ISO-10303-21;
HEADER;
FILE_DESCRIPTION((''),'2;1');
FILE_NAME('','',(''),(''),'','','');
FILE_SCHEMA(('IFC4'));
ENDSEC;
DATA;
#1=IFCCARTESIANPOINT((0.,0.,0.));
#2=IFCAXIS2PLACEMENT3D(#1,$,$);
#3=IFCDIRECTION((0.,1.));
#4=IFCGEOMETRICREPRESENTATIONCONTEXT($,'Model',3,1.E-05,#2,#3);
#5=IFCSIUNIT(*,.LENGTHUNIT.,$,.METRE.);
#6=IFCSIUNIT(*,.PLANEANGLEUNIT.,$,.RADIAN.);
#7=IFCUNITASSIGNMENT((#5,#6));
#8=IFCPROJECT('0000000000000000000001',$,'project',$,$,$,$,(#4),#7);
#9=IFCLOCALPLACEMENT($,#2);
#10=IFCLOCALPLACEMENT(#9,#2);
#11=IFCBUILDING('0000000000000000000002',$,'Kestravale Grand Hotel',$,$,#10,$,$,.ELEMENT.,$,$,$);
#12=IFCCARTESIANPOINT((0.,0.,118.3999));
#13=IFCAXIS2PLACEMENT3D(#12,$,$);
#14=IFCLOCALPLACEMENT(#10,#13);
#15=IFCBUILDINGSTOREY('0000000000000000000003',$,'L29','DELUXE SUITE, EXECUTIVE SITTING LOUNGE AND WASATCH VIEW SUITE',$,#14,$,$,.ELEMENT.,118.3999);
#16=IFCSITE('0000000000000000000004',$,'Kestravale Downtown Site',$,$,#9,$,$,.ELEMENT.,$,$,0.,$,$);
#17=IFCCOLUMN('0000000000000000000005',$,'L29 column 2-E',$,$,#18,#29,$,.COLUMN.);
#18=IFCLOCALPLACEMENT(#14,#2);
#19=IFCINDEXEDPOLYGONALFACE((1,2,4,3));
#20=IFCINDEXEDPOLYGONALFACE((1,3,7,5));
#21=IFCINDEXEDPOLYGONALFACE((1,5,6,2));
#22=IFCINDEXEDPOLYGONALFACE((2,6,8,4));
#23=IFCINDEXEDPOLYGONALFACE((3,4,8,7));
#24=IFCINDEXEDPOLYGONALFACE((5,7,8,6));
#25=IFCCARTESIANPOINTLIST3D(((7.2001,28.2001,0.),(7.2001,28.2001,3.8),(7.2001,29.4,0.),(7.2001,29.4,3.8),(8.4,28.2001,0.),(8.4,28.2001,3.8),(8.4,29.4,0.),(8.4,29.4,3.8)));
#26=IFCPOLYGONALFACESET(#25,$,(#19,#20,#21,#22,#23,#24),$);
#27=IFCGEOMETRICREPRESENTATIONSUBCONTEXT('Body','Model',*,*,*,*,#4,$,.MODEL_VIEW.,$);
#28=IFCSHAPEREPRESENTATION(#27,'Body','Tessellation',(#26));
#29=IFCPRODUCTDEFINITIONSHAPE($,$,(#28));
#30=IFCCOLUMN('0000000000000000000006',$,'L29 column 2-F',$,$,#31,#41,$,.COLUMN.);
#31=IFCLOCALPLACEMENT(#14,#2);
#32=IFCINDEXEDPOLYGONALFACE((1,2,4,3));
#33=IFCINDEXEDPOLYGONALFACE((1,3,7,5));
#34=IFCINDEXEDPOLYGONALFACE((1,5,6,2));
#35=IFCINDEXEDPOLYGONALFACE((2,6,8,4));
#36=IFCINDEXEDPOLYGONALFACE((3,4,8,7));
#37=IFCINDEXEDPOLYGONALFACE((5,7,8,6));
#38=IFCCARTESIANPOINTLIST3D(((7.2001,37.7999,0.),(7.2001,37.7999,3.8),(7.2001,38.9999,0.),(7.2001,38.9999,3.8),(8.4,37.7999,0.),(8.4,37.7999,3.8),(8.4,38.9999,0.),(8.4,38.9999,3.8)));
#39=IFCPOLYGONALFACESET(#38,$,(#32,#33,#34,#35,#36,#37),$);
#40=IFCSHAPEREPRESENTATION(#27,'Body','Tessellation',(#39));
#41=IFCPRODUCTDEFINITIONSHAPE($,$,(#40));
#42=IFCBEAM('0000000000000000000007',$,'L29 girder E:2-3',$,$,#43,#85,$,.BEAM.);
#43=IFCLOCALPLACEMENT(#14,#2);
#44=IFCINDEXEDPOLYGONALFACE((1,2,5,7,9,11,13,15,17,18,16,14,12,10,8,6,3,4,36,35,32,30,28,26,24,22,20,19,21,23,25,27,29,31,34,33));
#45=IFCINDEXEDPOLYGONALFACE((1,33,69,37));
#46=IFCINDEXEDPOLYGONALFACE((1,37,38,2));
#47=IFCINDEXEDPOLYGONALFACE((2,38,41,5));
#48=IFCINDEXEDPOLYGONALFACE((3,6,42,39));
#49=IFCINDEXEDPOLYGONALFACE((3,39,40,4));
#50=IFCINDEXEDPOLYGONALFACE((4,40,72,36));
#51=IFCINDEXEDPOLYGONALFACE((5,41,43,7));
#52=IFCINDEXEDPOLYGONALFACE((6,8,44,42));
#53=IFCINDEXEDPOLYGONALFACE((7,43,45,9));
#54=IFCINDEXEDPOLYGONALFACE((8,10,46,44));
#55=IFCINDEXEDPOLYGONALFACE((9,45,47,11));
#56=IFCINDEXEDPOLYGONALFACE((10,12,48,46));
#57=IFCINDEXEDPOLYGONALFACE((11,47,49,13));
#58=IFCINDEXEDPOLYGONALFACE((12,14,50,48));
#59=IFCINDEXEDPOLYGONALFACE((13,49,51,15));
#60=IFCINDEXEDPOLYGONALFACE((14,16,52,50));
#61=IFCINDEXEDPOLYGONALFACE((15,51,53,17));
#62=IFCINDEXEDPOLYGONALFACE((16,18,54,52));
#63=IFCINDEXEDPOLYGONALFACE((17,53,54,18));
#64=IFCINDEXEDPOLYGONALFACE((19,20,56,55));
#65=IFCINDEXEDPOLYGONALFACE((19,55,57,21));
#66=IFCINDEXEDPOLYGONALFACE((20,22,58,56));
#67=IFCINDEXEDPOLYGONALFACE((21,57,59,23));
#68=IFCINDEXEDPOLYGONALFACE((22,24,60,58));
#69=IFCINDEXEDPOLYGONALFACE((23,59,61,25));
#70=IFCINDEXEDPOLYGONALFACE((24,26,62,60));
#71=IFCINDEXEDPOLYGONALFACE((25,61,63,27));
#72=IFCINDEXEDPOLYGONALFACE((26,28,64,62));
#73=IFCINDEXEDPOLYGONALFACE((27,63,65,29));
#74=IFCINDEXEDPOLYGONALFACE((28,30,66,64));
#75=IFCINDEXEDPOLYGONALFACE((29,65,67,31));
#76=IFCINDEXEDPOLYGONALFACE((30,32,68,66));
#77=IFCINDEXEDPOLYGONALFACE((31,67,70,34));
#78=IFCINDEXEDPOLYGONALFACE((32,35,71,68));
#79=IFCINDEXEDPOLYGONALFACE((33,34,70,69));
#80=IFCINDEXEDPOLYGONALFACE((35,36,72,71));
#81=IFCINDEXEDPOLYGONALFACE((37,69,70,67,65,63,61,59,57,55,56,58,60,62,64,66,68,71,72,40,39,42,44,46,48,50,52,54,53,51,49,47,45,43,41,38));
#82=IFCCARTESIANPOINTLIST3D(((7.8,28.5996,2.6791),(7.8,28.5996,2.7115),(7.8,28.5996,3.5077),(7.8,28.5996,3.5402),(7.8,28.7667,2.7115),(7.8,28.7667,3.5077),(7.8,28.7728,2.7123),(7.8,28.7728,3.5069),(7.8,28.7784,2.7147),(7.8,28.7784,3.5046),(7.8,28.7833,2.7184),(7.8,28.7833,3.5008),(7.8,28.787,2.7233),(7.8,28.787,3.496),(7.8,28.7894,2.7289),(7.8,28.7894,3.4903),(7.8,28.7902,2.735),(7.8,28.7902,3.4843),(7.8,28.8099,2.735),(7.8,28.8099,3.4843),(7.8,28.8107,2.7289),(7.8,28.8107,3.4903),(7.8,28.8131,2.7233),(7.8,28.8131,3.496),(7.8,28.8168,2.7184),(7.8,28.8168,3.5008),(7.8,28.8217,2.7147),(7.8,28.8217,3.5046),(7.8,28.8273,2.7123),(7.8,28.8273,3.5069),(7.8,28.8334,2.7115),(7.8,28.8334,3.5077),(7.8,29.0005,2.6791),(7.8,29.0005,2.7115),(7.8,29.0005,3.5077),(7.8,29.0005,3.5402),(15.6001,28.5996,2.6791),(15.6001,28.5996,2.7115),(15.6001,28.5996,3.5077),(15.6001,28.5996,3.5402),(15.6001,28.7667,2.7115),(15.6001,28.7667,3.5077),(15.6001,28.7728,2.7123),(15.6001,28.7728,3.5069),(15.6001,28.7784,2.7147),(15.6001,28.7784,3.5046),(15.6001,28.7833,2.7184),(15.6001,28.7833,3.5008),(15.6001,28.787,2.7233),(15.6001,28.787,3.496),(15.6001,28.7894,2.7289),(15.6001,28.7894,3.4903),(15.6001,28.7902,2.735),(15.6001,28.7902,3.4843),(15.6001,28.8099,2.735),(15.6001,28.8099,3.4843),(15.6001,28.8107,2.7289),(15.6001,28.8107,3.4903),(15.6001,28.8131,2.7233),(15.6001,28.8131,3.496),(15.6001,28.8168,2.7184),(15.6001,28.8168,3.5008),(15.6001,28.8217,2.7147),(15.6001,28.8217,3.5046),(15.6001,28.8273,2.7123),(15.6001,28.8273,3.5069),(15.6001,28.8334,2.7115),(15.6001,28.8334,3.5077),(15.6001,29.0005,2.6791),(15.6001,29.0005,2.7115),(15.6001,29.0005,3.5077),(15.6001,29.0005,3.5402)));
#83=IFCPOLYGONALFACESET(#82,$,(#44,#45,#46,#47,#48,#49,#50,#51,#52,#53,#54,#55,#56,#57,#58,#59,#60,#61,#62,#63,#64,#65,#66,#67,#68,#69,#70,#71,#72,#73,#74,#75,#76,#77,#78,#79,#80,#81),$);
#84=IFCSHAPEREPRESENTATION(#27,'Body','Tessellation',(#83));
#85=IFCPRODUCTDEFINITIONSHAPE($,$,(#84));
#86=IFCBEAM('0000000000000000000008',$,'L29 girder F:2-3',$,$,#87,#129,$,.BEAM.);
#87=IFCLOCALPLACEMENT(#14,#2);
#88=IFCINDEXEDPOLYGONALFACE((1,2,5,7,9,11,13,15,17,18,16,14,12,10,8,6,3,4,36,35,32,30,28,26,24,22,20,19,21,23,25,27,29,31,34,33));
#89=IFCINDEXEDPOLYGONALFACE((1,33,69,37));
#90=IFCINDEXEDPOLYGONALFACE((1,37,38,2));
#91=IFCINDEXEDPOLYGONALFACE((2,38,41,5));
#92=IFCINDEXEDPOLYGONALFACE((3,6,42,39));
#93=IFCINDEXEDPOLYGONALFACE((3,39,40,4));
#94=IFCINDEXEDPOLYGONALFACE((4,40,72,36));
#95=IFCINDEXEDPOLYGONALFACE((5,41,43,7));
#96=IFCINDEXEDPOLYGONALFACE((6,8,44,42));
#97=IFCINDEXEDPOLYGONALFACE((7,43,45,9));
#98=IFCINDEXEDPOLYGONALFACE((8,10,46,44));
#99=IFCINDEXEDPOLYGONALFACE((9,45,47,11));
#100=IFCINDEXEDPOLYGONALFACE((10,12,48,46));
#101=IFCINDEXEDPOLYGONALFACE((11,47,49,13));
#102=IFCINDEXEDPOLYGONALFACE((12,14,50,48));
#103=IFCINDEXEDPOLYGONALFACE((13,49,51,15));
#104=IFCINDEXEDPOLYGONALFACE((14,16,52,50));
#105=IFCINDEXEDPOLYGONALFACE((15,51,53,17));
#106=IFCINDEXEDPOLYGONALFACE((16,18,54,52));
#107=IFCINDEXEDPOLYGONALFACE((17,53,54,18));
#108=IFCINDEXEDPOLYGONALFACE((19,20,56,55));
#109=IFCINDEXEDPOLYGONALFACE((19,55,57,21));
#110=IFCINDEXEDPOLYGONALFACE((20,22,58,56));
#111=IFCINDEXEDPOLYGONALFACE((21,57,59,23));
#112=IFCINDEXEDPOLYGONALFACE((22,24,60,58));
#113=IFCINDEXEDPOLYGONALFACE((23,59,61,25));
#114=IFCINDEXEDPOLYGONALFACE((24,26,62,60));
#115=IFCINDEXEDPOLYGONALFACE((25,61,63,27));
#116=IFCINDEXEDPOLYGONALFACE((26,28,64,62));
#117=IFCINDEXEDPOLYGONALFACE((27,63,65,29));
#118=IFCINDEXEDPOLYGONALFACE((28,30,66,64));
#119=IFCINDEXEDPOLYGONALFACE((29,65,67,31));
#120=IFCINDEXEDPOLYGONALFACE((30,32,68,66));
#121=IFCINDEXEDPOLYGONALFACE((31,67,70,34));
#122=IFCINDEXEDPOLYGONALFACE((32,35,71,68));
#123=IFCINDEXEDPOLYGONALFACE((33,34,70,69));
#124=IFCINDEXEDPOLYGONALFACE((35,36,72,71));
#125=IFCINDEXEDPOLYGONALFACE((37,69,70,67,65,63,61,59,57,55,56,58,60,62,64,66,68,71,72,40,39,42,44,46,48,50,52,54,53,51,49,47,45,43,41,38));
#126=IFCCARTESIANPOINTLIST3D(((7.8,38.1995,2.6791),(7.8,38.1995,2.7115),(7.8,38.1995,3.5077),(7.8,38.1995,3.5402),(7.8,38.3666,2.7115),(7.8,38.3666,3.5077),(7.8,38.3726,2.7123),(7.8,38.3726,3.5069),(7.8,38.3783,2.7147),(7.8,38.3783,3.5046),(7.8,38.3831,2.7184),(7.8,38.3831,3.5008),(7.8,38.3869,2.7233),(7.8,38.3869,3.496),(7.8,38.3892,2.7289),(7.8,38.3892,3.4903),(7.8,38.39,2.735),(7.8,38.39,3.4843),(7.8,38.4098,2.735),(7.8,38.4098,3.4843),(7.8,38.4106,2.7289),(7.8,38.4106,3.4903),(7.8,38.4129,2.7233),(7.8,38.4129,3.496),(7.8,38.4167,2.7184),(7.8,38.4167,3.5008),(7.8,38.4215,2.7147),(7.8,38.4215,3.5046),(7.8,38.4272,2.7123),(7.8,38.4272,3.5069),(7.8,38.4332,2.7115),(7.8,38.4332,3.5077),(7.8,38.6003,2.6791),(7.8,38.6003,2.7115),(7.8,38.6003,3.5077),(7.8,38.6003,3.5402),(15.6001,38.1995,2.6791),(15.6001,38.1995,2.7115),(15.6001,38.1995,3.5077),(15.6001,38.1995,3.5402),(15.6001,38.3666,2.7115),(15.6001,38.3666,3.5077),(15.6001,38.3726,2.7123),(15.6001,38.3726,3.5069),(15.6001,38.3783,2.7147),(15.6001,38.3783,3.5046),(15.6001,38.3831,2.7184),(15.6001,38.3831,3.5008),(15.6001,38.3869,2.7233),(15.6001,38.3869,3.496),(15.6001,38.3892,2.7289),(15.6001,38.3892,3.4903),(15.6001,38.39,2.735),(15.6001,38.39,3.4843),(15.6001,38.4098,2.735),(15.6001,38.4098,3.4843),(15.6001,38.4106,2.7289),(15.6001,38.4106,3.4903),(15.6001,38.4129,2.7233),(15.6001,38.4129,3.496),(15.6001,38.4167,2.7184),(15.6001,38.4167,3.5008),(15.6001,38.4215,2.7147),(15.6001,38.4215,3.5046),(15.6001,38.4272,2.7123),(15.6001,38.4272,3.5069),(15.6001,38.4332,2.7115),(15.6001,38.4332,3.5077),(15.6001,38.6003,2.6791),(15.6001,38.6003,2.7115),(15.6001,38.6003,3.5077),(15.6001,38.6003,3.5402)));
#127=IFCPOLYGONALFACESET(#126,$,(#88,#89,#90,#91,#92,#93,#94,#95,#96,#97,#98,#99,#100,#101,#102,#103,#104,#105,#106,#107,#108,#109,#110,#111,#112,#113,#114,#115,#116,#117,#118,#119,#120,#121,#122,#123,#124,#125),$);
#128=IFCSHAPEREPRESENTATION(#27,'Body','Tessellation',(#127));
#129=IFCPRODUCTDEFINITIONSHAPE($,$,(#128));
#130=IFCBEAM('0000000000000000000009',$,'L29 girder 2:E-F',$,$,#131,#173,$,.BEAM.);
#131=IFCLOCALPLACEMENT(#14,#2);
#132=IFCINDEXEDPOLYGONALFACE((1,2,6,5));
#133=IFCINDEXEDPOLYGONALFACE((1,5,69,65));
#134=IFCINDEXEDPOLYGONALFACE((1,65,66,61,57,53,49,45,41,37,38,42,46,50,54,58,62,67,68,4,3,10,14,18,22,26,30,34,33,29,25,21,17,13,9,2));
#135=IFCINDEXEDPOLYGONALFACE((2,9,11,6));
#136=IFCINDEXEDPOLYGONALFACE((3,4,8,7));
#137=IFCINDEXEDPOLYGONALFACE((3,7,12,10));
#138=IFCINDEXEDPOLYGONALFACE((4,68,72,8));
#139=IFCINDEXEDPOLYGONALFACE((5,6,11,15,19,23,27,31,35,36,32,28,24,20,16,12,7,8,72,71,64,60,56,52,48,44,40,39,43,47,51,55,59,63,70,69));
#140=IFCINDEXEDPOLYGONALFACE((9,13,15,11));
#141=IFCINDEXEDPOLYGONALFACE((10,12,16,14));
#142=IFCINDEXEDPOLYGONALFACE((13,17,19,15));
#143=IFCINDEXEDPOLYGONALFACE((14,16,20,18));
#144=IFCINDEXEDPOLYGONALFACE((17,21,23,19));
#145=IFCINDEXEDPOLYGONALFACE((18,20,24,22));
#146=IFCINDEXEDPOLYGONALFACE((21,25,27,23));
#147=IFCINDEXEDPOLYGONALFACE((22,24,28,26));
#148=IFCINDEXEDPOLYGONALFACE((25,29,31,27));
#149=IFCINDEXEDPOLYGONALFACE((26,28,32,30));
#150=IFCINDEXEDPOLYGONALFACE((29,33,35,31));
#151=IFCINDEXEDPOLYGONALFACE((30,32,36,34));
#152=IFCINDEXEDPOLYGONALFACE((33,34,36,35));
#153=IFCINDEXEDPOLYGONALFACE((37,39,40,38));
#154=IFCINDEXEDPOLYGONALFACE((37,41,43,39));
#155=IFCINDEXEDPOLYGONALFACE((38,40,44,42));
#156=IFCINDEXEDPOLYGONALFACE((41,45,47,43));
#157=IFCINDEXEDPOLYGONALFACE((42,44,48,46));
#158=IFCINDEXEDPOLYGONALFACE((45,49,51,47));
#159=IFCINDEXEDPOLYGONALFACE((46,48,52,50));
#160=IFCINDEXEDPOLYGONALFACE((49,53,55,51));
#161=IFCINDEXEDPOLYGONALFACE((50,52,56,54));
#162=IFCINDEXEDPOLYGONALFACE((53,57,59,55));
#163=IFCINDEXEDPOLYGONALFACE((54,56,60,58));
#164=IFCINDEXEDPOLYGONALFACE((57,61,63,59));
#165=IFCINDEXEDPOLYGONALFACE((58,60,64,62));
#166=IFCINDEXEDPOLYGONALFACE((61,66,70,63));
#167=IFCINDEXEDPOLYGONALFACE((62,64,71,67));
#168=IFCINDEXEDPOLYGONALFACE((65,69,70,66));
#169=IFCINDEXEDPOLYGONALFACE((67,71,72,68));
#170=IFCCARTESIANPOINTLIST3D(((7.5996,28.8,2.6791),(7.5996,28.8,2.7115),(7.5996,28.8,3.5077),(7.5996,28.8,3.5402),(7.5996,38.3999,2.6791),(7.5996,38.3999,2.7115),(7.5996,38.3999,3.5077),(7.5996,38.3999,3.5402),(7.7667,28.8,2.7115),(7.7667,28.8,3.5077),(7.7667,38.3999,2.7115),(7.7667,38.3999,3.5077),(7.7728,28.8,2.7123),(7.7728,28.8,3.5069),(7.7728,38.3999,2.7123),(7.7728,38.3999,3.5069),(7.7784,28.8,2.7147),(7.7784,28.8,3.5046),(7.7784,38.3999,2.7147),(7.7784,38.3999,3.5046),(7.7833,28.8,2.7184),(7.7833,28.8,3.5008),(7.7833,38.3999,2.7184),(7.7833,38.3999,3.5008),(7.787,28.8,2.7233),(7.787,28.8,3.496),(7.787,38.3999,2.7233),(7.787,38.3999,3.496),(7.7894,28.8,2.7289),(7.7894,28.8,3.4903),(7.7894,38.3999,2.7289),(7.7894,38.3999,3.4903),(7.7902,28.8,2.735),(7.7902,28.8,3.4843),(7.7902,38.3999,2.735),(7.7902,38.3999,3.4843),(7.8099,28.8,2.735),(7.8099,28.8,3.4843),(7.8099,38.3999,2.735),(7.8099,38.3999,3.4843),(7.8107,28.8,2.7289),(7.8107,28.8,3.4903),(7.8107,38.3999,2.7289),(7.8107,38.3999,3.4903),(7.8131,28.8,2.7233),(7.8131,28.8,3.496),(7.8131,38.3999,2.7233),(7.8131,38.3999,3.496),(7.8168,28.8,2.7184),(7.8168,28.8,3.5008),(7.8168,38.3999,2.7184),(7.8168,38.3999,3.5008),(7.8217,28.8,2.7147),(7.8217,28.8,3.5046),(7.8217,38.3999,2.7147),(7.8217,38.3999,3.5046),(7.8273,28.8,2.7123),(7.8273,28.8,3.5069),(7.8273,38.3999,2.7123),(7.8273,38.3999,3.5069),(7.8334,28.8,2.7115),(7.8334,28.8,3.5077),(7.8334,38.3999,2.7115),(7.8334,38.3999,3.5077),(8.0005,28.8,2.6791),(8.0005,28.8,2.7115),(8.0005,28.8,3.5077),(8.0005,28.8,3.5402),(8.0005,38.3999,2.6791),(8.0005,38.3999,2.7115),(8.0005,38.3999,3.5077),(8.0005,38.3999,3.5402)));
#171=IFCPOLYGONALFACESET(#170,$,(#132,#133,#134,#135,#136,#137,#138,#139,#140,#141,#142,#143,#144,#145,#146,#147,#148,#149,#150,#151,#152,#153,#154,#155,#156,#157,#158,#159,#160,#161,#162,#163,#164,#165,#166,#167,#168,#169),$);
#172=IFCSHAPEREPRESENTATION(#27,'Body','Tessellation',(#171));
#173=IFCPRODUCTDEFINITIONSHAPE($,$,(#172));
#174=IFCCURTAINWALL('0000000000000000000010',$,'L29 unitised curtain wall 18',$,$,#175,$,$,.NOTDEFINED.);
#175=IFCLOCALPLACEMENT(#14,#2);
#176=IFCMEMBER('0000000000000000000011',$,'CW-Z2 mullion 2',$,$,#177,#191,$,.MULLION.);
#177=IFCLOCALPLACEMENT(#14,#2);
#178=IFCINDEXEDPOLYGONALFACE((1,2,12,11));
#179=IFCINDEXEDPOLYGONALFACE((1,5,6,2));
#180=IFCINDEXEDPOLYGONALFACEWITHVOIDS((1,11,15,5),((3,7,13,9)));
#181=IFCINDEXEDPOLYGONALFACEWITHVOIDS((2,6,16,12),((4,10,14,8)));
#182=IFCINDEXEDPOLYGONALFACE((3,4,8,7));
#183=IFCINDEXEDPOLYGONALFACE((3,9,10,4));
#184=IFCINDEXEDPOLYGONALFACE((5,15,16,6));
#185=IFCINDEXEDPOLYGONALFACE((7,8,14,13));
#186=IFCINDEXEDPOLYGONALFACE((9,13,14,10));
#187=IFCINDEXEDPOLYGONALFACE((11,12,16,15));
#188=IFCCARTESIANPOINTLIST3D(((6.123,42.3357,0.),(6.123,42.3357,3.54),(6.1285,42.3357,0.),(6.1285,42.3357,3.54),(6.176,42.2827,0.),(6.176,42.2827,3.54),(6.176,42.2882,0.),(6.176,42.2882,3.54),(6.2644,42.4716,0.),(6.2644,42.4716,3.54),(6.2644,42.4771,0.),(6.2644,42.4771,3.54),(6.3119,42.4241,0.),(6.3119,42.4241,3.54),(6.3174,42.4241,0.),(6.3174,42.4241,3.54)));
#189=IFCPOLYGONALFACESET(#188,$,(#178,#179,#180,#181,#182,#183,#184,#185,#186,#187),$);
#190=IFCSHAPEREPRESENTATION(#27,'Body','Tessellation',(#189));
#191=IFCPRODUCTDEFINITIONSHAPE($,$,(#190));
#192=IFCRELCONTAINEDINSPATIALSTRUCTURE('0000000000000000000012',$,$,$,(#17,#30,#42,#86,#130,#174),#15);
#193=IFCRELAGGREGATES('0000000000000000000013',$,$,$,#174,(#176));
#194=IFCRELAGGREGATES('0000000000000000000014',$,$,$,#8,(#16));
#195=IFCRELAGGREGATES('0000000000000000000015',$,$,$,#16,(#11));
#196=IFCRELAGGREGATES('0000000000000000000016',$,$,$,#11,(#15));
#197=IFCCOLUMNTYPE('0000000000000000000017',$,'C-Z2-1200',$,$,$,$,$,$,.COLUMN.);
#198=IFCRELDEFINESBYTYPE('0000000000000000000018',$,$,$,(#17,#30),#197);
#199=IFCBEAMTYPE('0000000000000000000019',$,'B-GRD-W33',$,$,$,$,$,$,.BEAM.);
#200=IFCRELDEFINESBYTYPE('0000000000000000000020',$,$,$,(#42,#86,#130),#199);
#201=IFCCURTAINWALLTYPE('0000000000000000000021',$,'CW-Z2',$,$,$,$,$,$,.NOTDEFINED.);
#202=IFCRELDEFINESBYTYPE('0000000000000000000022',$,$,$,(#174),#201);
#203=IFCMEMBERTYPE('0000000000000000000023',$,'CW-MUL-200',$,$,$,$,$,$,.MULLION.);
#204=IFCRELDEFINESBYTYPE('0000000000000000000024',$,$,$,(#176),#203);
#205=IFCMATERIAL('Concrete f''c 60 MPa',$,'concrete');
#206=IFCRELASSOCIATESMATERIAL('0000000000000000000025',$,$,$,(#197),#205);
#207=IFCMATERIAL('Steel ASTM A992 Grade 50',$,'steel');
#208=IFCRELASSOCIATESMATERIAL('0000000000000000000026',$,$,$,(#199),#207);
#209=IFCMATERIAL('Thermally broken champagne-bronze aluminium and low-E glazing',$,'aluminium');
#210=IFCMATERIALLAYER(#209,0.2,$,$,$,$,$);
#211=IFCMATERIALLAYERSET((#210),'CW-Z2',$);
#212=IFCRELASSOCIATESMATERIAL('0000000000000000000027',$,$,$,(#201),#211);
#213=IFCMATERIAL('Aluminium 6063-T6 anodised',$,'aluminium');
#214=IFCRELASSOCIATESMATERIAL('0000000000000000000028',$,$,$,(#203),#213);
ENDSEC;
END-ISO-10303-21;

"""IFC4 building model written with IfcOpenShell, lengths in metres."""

from ifc_helpers import new_model, si_unit, direction, frame, origin, origin_2d, place, context, subcontext, project, spatial, rectangle, hollow_rectangle, i_section, extrude, material, layer, layer_set, material_profile, profile_set, type_object, element, aggregate, save


model = new_model("IFC4")

# Units and contexts
model_context = context("Model", 3, precision=1e-05, world=origin(), true_north=direction((0.0, 1.0)))
body_context = subcontext(model_context, "Body", "Model", "MODEL_VIEW")
ifc_project = project(units=[si_unit("LENGTHUNIT", "METRE"), si_unit("PLANEANGLEUNIT", "RADIAN")], contexts=[model_context])

# Site, building, storey
site_placement = place(None, origin())
site = spatial("IfcSite", under=ifc_project, at=site_placement, Name="Kestravale Downtown Site", CompositionType="ELEMENT", RefElevation=0.0)
building_placement = place(site_placement, origin())
building = spatial("IfcBuilding", under=site, at=building_placement, Name="Kestravale Grand Hotel", CompositionType="ELEMENT")
storey_placement = place(building_placement, frame((0.0, 0.0, 118.3999)))
storey = spatial("IfcBuildingStorey", under=building, at=storey_placement, Name="L29", Description="DELUXE SUITE, EXECUTIVE SITTING LOUNGE AND WASATCH VIEW SUITE", CompositionType="ELEMENT", Elevation=118.3999)

# Columns
ifc_material_1 = material(Name="Concrete f'c 60 MPa", Category="concrete")
ifc_material_profile_1 = material_profile(ifc_material_1, rectangle(XDim=1.2, YDim=1.2, at=origin_2d()))
ifc_profile_set_1 = profile_set([ifc_material_profile_1], Name="Concrete f'c 60 MPa")
column_type = type_object("IfcColumnType", Name="C-Z2-1200", PredefinedType="COLUMN", material=ifc_profile_set_1)
for number, where, z_axis, x_axis, name in (
    (1, (7.8, 28.8, 0.0), (0.0, 0.0, 1.0), (1.0, 0.0, 0.0), "L29 column 2-E"),
    (2, (7.8, 38.3999, 0.0), (0.0, 0.0, 1.0), (1.0, 0.0, 0.0), "L29 column 2-F"),
):
    element("IfcColumn", number, at=place(storey_placement, frame(where, z_axis=z_axis, x_axis=x_axis)), inside=storey, type_object=column_type, Name=name, PredefinedType="COLUMN", context=body_context, shape_type="SweptSolid", body=[
        extrude(rectangle(XDim=1.2, YDim=1.2, at=origin_2d()), origin(), (0.0, 0.0, 1.0), 3.8),
    ])

# Beams
ifc_material_2 = material(Name="Steel ASTM A992 Grade 50", Category="steel")
ifc_material_profile_2 = material_profile(ifc_material_2, i_section(OverallWidth=0.4009, OverallDepth=0.8611, WebThickness=0.0198, FlangeThickness=0.0325, FilletRadius=0.0234, at=origin_2d()))
ifc_profile_set_2 = profile_set([ifc_material_profile_2], Name="Steel ASTM A992 Grade 50")
beam_type = type_object("IfcBeamType", Name="B-GRD-W33", PredefinedType="BEAM", material=ifc_profile_set_2)
for number, where, z_axis, x_axis, name in (
    (3, (7.8, 28.8, 3.1096), (1.0, 0.0, 0.0), (0.0, 1.0, 0.0), "L29 girder E:2-3"),
    (4, (7.8, 38.3999, 3.1096), (1.0, 0.0, 0.0), (0.0, 1.0, 0.0), "L29 girder F:2-3"),
):
    element("IfcBeam", number, at=place(storey_placement, frame(where, z_axis=z_axis, x_axis=x_axis)), inside=storey, type_object=beam_type, Name=name, PredefinedType="BEAM", context=body_context, shape_type="SweptSolid", body=[
        extrude(i_section(OverallWidth=0.4009, OverallDepth=0.8611, WebThickness=0.0198, FlangeThickness=0.0325, FilletRadius=0.0234, at=origin_2d()), origin(), (0.0, 0.0, 1.0), 7.8),
    ])
beam_placement = place(storey_placement, frame((7.8, 28.8, 3.1096), z_axis=(0.0, 1.0, 0.0), x_axis=(-1.0, 0.0, 0.0)))
element("IfcBeam", 5, at=beam_placement, inside=storey, type_object=beam_type, Name="L29 girder 2:E-F", PredefinedType="BEAM", context=body_context, shape_type="SweptSolid", body=[
    extrude(i_section(OverallWidth=0.4009, OverallDepth=0.8611, WebThickness=0.0198, FlangeThickness=0.0325, FilletRadius=0.0234, at=origin_2d()), origin(), (0.0, 0.0, 1.0), 9.5999),
])

# Curtain wall, member
ifc_material_3 = material(Name="Thermally broken champagne-bronze aluminium and low-E glazing", Category="aluminium")
ifc_layer_1 = layer(ifc_material_3, 0.2)
ifc_layer_set_1 = layer_set([ifc_layer_1], Name="CW-Z2")
curtain_wall_type = type_object("IfcCurtainWallType", Name="CW-Z2", PredefinedType="NOTDEFINED", material=ifc_layer_set_1)
curtain_wall_placement = place(storey_placement, origin())
curtain_wall = element("IfcCurtainWall", 6, at=curtain_wall_placement, inside=storey, type_object=curtain_wall_type, Name="L29 unitised curtain wall 18", PredefinedType="NOTDEFINED")
ifc_material_4 = material(Name="Aluminium 6063-T6 anodised", Category="aluminium")
ifc_material_profile_3 = material_profile(ifc_material_4, hollow_rectangle(XDim=0.075, YDim=0.2, WallThickness=0.0039, at=origin_2d()))
ifc_profile_set_3 = profile_set([ifc_material_profile_3], Name="Aluminium 6063-T6 anodised")
member_type_1 = type_object("IfcMemberType", Name="CW-MUL-200", PredefinedType="MULLION", material=ifc_profile_set_3)
member_1_placement = place(storey_placement, frame((6.2202, 42.3799, 0.0), z_axis=(0.0, 0.0, 1.0), x_axis=(0.707107, -0.707107, 0.0)))
member_1 = element("IfcMember", 7, at=member_1_placement, type_object=member_type_1, Name="CW-Z2 mullion 2", PredefinedType="MULLION", context=body_context, shape_type="SweptSolid", body=[
    extrude(hollow_rectangle(XDim=0.075, YDim=0.2, WallThickness=0.0039, at=origin_2d()), origin(), (0.0, 0.0, 1.0), 3.54),
])
aggregate(curtain_wall, [member_1])

save(model, "model.ifc")
